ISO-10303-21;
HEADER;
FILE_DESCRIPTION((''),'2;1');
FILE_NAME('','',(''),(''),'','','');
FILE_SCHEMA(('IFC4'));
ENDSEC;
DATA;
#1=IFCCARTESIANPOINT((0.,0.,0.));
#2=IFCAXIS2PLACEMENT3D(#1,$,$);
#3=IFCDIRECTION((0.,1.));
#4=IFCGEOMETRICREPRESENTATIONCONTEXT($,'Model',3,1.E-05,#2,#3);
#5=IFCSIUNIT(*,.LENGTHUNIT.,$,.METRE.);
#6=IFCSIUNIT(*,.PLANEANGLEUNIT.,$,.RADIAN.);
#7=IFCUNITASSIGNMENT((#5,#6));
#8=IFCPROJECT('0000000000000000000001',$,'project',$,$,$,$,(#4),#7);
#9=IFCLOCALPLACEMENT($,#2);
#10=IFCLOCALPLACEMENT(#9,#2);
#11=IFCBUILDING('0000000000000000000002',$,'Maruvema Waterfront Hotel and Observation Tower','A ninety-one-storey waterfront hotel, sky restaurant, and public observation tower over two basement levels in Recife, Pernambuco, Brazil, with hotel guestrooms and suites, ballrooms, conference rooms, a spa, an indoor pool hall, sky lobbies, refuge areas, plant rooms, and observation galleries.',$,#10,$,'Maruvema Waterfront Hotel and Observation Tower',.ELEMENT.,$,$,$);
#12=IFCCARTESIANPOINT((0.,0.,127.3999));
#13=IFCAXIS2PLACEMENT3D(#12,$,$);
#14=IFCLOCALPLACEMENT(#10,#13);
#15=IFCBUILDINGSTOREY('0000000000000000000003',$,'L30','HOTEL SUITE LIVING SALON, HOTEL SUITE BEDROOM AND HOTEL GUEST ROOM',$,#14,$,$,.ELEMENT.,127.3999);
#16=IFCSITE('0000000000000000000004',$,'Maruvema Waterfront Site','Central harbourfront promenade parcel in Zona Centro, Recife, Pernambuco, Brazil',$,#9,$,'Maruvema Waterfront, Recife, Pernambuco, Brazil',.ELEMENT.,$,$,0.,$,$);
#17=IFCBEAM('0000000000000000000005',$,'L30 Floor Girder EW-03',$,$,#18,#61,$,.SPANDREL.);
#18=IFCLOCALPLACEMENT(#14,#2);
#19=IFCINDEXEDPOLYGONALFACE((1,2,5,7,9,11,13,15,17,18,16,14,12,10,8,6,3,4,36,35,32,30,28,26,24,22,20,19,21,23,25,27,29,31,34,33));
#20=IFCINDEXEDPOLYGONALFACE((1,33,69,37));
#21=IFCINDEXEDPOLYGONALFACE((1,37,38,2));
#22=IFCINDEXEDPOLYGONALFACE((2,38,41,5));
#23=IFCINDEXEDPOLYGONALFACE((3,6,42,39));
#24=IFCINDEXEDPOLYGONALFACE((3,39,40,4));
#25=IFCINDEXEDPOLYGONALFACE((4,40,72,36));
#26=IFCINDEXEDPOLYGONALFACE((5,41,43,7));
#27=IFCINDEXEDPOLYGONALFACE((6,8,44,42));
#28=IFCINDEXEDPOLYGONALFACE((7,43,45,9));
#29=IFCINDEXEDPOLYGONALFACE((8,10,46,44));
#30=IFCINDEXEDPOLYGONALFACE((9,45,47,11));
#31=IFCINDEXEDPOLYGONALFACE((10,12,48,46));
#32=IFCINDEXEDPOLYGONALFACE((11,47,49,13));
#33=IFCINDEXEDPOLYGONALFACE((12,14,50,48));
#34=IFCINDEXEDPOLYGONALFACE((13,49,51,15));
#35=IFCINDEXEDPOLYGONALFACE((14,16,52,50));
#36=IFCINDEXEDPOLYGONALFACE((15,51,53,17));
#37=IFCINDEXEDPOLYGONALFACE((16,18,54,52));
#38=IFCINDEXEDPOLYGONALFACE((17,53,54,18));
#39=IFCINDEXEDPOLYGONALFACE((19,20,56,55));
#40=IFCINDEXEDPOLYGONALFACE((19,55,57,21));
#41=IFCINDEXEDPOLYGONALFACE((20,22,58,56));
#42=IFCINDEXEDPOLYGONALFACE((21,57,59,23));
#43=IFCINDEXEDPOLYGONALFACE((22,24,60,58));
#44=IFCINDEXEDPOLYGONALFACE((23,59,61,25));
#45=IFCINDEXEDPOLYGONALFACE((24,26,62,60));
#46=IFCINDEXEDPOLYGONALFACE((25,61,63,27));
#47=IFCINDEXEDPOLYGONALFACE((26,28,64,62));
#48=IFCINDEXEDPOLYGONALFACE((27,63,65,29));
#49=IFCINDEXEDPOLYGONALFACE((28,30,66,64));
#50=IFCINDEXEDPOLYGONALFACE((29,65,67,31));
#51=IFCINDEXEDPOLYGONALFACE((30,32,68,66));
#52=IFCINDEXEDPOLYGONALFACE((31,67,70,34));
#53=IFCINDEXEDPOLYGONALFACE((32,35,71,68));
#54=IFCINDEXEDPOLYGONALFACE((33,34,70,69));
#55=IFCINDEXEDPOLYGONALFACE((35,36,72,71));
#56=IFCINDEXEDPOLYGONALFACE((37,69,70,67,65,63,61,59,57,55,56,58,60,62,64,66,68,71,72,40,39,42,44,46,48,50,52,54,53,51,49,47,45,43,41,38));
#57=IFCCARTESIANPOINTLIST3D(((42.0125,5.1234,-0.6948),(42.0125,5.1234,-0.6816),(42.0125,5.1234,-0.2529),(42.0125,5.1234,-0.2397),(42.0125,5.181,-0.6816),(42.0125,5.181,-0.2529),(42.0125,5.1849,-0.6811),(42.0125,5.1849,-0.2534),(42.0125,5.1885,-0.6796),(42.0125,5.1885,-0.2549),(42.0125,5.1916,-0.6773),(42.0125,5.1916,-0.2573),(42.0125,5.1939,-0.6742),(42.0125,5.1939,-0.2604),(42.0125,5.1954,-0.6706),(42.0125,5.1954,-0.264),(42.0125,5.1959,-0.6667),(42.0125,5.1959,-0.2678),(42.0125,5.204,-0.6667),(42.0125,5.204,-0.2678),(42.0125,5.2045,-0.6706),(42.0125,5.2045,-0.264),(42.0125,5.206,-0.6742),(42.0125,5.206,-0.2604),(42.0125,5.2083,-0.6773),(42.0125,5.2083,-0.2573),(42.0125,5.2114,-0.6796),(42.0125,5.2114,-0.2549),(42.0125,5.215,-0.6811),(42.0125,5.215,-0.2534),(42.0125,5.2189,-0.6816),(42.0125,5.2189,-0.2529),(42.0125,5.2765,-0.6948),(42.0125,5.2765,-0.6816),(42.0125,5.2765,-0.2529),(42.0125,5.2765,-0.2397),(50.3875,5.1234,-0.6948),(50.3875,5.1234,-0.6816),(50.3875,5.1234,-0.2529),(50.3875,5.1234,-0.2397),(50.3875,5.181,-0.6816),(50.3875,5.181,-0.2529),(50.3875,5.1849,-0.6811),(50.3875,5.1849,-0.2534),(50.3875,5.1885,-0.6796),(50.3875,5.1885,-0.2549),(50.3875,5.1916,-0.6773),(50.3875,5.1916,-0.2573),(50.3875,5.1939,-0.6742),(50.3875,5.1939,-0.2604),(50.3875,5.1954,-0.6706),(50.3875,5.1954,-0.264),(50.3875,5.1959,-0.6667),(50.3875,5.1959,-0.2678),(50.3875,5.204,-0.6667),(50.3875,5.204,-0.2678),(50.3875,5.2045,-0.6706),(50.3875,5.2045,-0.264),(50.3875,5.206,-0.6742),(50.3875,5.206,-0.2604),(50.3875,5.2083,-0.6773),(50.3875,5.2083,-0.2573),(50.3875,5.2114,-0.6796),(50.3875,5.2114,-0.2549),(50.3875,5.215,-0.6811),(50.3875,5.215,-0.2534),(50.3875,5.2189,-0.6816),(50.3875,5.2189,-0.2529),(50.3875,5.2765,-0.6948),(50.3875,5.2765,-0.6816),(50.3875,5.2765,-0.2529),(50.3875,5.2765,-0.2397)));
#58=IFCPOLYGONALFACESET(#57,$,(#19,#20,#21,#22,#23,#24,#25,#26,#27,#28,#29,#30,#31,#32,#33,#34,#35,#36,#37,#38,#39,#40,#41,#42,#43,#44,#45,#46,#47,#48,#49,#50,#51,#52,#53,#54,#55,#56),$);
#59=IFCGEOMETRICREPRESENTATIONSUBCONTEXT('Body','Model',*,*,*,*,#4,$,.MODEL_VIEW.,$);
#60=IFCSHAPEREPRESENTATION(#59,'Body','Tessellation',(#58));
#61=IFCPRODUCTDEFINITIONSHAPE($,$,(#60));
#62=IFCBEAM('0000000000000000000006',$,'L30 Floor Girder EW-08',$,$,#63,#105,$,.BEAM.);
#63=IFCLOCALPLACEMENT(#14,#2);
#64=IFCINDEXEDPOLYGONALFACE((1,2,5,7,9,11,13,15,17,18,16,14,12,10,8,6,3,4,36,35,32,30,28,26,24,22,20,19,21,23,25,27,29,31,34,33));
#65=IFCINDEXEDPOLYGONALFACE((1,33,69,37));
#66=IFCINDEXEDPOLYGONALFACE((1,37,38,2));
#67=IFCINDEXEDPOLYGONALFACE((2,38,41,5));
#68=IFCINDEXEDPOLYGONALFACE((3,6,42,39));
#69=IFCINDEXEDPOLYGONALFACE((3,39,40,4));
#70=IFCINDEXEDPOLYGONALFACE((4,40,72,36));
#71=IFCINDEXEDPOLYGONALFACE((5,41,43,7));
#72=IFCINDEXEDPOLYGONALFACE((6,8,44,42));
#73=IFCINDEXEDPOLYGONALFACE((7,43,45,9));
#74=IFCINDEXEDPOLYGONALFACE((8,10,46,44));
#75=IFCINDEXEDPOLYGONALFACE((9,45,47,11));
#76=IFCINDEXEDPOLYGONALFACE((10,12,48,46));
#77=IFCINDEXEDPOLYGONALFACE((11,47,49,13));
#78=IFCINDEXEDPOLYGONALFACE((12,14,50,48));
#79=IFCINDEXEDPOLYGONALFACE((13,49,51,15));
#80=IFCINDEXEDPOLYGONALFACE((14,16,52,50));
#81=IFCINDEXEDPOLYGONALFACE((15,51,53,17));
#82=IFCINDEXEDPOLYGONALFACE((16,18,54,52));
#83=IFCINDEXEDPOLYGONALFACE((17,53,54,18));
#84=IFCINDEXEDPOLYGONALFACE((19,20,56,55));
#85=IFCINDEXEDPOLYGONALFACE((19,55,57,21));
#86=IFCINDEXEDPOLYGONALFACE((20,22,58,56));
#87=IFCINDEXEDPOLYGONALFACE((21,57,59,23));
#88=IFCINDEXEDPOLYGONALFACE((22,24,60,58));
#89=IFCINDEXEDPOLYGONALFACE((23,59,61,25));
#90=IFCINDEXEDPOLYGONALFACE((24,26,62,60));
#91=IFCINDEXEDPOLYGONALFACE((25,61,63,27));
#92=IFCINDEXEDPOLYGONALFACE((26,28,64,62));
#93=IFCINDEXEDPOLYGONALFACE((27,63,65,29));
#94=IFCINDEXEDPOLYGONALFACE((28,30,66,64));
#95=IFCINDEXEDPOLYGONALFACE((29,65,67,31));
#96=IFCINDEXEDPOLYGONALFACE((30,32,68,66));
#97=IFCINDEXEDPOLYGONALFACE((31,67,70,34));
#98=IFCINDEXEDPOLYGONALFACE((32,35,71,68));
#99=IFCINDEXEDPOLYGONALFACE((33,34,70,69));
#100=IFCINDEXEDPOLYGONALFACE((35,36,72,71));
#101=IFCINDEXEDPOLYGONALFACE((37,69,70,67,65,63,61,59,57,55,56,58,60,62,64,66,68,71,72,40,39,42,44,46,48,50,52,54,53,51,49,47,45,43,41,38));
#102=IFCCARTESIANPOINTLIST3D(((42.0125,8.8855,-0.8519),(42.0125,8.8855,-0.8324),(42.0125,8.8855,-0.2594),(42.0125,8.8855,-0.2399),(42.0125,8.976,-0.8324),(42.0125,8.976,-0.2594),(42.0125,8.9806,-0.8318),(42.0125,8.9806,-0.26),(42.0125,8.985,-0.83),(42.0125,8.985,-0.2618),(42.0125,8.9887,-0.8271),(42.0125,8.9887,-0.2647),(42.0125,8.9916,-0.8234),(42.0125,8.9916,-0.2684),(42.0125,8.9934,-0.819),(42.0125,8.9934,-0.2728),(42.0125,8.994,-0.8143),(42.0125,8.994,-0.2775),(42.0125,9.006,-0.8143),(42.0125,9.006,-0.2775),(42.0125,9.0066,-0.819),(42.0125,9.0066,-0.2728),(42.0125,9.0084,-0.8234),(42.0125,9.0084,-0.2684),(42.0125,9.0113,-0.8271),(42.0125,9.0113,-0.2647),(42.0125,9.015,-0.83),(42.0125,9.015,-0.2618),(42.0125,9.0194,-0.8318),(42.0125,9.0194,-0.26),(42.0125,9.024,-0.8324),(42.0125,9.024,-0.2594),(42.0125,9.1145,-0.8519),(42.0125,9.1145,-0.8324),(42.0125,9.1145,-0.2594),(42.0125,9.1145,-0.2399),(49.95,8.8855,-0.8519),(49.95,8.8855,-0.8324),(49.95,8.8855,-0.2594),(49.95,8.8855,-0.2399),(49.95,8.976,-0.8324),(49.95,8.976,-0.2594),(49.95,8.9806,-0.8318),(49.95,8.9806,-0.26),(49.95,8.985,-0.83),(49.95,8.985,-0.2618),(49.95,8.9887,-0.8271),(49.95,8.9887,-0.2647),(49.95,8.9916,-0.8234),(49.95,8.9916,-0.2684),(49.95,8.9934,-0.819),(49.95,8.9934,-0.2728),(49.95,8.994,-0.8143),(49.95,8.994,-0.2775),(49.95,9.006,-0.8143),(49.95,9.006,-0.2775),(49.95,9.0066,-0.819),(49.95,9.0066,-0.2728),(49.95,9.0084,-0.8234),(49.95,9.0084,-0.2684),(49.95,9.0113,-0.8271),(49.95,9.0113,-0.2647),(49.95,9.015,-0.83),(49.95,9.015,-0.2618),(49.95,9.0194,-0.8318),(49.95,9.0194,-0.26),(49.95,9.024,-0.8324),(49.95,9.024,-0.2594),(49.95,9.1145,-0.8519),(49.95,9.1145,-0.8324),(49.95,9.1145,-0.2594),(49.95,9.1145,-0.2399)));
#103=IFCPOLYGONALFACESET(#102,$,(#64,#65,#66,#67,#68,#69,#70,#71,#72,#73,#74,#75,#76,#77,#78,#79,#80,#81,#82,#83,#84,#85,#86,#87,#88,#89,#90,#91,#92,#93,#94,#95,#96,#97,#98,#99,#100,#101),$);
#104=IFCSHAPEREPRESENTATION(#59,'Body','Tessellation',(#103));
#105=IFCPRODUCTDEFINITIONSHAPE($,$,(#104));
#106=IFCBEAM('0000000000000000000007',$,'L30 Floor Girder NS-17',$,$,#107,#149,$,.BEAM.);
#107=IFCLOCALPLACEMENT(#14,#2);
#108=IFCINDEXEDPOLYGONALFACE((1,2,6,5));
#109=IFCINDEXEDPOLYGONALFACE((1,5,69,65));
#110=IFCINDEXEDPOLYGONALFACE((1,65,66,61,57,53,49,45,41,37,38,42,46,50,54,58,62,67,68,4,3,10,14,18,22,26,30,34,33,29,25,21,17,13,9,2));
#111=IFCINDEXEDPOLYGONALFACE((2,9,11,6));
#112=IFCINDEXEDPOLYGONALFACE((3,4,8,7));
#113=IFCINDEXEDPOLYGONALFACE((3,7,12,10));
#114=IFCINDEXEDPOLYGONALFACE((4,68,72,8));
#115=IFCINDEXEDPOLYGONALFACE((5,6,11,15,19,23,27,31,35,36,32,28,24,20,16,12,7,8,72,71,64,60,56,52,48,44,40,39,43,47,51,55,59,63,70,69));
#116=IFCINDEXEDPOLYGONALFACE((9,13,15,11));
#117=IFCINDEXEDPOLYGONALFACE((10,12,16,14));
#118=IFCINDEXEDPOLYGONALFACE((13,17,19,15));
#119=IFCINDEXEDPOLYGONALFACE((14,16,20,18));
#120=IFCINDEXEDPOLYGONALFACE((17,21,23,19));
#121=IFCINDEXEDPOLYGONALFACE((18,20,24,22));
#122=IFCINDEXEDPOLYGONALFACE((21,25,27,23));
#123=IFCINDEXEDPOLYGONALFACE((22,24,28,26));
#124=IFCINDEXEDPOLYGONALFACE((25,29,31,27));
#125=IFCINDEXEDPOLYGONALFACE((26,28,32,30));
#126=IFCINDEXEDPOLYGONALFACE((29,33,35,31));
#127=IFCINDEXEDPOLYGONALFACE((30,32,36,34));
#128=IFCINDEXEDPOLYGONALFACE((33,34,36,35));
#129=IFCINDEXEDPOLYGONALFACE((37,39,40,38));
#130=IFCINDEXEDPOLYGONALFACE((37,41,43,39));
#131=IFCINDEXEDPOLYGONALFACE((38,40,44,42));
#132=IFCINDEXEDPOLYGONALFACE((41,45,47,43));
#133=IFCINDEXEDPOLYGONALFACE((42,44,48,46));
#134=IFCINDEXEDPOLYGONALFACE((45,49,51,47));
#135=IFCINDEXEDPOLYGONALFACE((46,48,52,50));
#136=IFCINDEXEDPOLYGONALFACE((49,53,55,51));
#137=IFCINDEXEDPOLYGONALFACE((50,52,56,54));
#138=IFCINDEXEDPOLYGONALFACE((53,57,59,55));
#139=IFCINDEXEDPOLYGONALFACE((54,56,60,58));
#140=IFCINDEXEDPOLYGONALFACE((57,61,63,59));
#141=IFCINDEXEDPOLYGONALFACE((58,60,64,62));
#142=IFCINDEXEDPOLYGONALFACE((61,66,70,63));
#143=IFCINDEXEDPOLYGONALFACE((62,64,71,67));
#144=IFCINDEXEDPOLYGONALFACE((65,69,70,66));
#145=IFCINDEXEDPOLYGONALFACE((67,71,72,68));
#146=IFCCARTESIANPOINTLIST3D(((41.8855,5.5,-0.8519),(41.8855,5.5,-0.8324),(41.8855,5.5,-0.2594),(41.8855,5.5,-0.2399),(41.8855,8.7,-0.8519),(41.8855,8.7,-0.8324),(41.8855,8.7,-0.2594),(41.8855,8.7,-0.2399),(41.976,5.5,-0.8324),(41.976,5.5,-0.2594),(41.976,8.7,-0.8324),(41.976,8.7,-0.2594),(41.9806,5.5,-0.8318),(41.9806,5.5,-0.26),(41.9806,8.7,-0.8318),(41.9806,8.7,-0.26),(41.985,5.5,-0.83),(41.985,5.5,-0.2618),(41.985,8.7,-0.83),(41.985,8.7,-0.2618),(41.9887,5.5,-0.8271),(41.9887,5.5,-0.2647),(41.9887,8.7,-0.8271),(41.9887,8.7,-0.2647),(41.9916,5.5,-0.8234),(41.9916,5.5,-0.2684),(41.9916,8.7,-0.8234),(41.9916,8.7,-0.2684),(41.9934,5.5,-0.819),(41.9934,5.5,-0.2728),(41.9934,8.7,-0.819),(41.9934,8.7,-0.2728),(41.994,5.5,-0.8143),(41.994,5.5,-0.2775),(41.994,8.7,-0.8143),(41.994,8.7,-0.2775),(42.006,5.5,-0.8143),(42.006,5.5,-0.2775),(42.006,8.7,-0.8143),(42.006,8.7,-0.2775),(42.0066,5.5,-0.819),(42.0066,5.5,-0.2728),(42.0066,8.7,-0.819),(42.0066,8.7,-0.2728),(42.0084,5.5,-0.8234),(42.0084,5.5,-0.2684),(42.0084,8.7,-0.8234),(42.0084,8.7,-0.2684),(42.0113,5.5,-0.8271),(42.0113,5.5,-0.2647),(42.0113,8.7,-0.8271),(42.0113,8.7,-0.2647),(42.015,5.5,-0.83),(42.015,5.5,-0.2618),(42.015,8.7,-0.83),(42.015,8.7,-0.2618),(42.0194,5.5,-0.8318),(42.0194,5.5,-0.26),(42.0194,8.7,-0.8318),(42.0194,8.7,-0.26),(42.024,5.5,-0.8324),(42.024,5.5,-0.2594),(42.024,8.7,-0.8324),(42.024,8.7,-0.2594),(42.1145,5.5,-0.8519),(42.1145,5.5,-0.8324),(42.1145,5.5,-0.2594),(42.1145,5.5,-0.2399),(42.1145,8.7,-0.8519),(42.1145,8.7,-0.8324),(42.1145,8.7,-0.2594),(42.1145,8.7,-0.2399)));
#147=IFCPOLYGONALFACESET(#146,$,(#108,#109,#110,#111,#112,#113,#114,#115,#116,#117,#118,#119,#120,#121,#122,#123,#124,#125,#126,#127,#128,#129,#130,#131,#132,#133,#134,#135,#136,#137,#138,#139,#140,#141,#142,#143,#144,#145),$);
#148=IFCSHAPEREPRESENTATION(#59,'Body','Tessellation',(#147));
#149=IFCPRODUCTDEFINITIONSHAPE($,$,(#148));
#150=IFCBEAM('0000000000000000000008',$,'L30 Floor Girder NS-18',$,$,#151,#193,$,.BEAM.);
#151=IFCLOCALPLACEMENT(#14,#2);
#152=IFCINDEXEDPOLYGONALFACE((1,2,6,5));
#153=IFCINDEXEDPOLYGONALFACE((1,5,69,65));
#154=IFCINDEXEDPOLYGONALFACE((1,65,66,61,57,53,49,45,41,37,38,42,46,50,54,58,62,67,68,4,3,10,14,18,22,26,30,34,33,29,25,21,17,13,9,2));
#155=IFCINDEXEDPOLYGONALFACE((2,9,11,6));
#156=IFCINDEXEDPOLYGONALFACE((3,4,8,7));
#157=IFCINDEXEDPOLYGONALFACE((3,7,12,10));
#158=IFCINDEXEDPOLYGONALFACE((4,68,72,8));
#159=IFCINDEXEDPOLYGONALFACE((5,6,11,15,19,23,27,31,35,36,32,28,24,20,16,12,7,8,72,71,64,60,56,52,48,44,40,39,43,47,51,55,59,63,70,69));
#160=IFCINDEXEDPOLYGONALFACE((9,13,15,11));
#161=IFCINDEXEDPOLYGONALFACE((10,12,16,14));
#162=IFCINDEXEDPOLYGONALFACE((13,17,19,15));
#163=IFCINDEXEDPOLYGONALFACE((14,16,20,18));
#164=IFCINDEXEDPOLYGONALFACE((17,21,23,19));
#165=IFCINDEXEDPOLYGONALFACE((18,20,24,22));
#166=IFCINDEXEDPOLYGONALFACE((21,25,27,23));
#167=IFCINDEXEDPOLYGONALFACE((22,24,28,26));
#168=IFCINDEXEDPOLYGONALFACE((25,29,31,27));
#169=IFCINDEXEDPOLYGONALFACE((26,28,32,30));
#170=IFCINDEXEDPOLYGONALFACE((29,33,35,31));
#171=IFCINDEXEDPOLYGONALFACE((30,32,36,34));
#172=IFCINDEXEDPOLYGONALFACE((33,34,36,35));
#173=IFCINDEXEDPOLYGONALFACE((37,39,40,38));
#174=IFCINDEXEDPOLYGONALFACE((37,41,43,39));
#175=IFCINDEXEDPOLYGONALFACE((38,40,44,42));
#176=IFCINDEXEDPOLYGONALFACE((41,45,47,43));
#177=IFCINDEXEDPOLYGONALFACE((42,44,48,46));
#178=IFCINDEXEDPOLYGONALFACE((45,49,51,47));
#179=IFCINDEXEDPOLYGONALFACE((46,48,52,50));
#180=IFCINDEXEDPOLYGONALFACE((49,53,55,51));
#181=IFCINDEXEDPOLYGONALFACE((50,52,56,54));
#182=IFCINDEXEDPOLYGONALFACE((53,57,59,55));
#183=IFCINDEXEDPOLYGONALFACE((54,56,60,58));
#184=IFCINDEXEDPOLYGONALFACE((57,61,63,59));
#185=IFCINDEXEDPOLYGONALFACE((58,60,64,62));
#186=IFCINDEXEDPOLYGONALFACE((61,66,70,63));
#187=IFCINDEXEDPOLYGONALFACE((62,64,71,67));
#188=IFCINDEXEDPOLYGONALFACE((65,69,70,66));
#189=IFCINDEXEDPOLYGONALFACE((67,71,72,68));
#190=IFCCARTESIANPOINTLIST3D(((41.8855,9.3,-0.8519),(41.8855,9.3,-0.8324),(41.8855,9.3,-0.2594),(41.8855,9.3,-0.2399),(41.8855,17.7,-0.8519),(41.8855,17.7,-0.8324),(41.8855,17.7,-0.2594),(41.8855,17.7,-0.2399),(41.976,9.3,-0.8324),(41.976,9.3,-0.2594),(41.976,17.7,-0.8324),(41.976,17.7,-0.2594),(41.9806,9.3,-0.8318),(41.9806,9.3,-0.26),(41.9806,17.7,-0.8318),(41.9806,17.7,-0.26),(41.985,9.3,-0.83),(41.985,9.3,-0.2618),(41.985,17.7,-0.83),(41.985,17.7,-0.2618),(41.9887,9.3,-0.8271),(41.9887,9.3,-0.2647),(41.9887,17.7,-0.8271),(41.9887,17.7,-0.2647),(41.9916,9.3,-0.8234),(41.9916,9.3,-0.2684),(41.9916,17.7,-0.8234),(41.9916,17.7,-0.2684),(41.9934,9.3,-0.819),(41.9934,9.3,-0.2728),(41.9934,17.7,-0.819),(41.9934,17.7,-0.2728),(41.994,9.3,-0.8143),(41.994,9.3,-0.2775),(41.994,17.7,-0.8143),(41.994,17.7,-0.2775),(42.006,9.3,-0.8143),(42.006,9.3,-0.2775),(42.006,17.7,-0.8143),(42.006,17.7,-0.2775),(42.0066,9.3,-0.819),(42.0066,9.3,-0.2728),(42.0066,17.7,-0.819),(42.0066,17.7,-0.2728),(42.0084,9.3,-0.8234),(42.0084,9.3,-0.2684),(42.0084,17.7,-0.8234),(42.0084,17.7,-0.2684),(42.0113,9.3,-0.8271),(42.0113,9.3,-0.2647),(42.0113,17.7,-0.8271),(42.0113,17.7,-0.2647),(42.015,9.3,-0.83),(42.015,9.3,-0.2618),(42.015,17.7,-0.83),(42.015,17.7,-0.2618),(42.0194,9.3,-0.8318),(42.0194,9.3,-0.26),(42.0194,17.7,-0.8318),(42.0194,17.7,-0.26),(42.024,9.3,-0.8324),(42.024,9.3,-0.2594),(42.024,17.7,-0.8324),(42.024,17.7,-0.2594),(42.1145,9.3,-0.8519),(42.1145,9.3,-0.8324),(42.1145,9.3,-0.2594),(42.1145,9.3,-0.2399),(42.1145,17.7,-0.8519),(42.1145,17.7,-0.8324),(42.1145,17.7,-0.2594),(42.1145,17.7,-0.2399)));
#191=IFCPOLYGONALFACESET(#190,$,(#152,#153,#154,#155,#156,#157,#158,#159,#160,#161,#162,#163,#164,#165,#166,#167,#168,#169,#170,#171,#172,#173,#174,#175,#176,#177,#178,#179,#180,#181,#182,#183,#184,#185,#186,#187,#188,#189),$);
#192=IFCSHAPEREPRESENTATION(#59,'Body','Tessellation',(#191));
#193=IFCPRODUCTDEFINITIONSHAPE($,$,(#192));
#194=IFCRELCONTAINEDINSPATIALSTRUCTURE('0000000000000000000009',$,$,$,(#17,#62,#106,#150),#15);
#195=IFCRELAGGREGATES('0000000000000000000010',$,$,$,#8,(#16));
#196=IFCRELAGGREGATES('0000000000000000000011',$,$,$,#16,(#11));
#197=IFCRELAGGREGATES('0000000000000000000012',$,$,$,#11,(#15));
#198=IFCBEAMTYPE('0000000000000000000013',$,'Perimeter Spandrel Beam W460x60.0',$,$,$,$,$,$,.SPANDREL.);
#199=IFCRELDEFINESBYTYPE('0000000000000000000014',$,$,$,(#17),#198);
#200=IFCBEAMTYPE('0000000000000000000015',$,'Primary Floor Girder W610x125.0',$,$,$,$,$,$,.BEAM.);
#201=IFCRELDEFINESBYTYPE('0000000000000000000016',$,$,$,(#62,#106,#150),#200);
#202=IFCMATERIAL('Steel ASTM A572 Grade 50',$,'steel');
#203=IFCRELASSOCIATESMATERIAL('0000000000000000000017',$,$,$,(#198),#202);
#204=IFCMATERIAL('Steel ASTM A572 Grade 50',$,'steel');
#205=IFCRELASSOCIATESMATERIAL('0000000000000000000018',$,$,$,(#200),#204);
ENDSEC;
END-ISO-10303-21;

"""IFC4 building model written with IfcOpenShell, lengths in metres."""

from ifc_helpers import new_model, si_unit, direction, frame, origin, origin_2d, place, context, subcontext, project, spatial, i_section, extrude, material, material_profile, profile_set, type_object, element, save


model = new_model("IFC4")

# Units and contexts
model_context = context("Model", 3, precision=1e-05, world=origin(), true_north=direction((0.0, 1.0)))
body_context = subcontext(model_context, "Body", "Model", "MODEL_VIEW")
ifc_project = project(units=[si_unit("LENGTHUNIT", "METRE"), si_unit("PLANEANGLEUNIT", "RADIAN")], contexts=[model_context])

# Site, building, storey
site_placement = place(None, origin())
site = spatial("IfcSite", under=ifc_project, at=site_placement, Name="Maruvema Waterfront Site", Description="Central harbourfront promenade parcel in Zona Centro, Recife, Pernambuco, Brazil", LongName="Maruvema Waterfront, Recife, Pernambuco, Brazil", CompositionType="ELEMENT", RefElevation=0.0)
building_placement = place(site_placement, origin())
building = spatial("IfcBuilding", under=site, at=building_placement, Name="Maruvema Waterfront Hotel and Observation Tower", Description="A ninety-one-storey waterfront hotel, sky restaurant, and public observation tower over two basement levels in Recife, Pernambuco, Brazil, with hotel guestrooms and suites, ballrooms, conference rooms, a spa, an indoor pool hall, sky lobbies, refuge areas, plant rooms, and observation galleries.", LongName="Maruvema Waterfront Hotel and Observation Tower", CompositionType="ELEMENT")
storey_placement = place(building_placement, frame((0.0, 0.0, 127.3999)))
storey = spatial("IfcBuildingStorey", under=building, at=storey_placement, Name="L30", Description="HOTEL SUITE LIVING SALON, HOTEL SUITE BEDROOM AND HOTEL GUEST ROOM", CompositionType="ELEMENT", Elevation=127.3999)

# Beams
ifc_material_1 = material(Name="Steel ASTM A572 Grade 50", Category="steel")
ifc_material_profile_1 = material_profile(ifc_material_1, i_section(OverallWidth=0.1531, OverallDepth=0.4551, WebThickness=0.0081, FlangeThickness=0.0132, FilletRadius=0.0149, at=origin_2d()), Name="W460x60.0")
ifc_profile_set_1 = profile_set([ifc_material_profile_1], Name="Steel ASTM A572 Grade 50")
beam_type_1 = type_object("IfcBeamType", Name="Perimeter Spandrel Beam W460x60.0", PredefinedType="SPANDREL", material=ifc_profile_set_1)
beam_1_placement = place(storey_placement, frame((42.0125, 5.2, -0.4673), z_axis=(1.0, 0.0, 0.0), x_axis=(0.0, 1.0, 0.0)))
element("IfcBeam", 1, at=beam_1_placement, inside=storey, type_object=beam_type_1, Name="L30 Floor Girder EW-03", PredefinedType="SPANDREL", context=body_context, shape_type="SweptSolid", body=[
    extrude(i_section(OverallWidth=0.1531, OverallDepth=0.4551, WebThickness=0.0081, FlangeThickness=0.0132, FilletRadius=0.0149, at=origin_2d()), origin(), (0.0, 0.0, 1.0), 8.375),
])
ifc_material_2 = material(Name="Steel ASTM A572 Grade 50", Category="steel")
ifc_material_profile_2 = material_profile(ifc_material_2, i_section(OverallWidth=0.229, OverallDepth=0.6121, WebThickness=0.012, FlangeThickness=0.0195, FilletRadius=0.0181, at=origin_2d()), Name="W610x125.0")
ifc_profile_set_2 = profile_set([ifc_material_profile_2], Name="Steel ASTM A572 Grade 50")
beam_type_2 = type_object("IfcBeamType", Name="Primary Floor Girder W610x125.0", PredefinedType="BEAM", material=ifc_profile_set_2)
beam_2_placement = place(storey_placement, frame((42.0125, 9.0, -0.5459), z_axis=(1.0, 0.0, 0.0), x_axis=(0.0, 1.0, 0.0)))
element("IfcBeam", 2, at=beam_2_placement, inside=storey, type_object=beam_type_2, Name="L30 Floor Girder EW-08", PredefinedType="BEAM", context=body_context, shape_type="SweptSolid", body=[
    extrude(i_section(OverallWidth=0.229, OverallDepth=0.6121, WebThickness=0.012, FlangeThickness=0.0195, FilletRadius=0.0181, at=origin_2d()), origin(), (0.0, 0.0, 1.0), 7.9375),
])
beam_3_placement = place(storey_placement, frame((42.0, 5.5, -0.5459), z_axis=(0.0, 1.0, 0.0), x_axis=(-1.0, 0.0, 0.0)))
element("IfcBeam", 3, at=beam_3_placement, inside=storey, type_object=beam_type_2, Name="L30 Floor Girder NS-17", PredefinedType="BEAM", context=body_context, shape_type="SweptSolid", body=[
    extrude(i_section(OverallWidth=0.229, OverallDepth=0.6121, WebThickness=0.012, FlangeThickness=0.0195, FilletRadius=0.0181, at=origin_2d()), origin(), (0.0, 0.0, 1.0), 3.2),
])
beam_4_placement = place(storey_placement, frame((42.0, 9.3, -0.5459), z_axis=(0.0, 1.0, 0.0), x_axis=(-1.0, 0.0, 0.0)))
element("IfcBeam", 4, at=beam_4_placement, inside=storey, type_object=beam_type_2, Name="L30 Floor Girder NS-18", PredefinedType="BEAM", context=body_context, shape_type="SweptSolid", body=[
    extrude(i_section(OverallWidth=0.229, OverallDepth=0.6121, WebThickness=0.012, FlangeThickness=0.0195, FilletRadius=0.0181, at=origin_2d()), origin(), (0.0, 0.0, 1.0), 8.3999),
])

save(model, "model.ifc")
